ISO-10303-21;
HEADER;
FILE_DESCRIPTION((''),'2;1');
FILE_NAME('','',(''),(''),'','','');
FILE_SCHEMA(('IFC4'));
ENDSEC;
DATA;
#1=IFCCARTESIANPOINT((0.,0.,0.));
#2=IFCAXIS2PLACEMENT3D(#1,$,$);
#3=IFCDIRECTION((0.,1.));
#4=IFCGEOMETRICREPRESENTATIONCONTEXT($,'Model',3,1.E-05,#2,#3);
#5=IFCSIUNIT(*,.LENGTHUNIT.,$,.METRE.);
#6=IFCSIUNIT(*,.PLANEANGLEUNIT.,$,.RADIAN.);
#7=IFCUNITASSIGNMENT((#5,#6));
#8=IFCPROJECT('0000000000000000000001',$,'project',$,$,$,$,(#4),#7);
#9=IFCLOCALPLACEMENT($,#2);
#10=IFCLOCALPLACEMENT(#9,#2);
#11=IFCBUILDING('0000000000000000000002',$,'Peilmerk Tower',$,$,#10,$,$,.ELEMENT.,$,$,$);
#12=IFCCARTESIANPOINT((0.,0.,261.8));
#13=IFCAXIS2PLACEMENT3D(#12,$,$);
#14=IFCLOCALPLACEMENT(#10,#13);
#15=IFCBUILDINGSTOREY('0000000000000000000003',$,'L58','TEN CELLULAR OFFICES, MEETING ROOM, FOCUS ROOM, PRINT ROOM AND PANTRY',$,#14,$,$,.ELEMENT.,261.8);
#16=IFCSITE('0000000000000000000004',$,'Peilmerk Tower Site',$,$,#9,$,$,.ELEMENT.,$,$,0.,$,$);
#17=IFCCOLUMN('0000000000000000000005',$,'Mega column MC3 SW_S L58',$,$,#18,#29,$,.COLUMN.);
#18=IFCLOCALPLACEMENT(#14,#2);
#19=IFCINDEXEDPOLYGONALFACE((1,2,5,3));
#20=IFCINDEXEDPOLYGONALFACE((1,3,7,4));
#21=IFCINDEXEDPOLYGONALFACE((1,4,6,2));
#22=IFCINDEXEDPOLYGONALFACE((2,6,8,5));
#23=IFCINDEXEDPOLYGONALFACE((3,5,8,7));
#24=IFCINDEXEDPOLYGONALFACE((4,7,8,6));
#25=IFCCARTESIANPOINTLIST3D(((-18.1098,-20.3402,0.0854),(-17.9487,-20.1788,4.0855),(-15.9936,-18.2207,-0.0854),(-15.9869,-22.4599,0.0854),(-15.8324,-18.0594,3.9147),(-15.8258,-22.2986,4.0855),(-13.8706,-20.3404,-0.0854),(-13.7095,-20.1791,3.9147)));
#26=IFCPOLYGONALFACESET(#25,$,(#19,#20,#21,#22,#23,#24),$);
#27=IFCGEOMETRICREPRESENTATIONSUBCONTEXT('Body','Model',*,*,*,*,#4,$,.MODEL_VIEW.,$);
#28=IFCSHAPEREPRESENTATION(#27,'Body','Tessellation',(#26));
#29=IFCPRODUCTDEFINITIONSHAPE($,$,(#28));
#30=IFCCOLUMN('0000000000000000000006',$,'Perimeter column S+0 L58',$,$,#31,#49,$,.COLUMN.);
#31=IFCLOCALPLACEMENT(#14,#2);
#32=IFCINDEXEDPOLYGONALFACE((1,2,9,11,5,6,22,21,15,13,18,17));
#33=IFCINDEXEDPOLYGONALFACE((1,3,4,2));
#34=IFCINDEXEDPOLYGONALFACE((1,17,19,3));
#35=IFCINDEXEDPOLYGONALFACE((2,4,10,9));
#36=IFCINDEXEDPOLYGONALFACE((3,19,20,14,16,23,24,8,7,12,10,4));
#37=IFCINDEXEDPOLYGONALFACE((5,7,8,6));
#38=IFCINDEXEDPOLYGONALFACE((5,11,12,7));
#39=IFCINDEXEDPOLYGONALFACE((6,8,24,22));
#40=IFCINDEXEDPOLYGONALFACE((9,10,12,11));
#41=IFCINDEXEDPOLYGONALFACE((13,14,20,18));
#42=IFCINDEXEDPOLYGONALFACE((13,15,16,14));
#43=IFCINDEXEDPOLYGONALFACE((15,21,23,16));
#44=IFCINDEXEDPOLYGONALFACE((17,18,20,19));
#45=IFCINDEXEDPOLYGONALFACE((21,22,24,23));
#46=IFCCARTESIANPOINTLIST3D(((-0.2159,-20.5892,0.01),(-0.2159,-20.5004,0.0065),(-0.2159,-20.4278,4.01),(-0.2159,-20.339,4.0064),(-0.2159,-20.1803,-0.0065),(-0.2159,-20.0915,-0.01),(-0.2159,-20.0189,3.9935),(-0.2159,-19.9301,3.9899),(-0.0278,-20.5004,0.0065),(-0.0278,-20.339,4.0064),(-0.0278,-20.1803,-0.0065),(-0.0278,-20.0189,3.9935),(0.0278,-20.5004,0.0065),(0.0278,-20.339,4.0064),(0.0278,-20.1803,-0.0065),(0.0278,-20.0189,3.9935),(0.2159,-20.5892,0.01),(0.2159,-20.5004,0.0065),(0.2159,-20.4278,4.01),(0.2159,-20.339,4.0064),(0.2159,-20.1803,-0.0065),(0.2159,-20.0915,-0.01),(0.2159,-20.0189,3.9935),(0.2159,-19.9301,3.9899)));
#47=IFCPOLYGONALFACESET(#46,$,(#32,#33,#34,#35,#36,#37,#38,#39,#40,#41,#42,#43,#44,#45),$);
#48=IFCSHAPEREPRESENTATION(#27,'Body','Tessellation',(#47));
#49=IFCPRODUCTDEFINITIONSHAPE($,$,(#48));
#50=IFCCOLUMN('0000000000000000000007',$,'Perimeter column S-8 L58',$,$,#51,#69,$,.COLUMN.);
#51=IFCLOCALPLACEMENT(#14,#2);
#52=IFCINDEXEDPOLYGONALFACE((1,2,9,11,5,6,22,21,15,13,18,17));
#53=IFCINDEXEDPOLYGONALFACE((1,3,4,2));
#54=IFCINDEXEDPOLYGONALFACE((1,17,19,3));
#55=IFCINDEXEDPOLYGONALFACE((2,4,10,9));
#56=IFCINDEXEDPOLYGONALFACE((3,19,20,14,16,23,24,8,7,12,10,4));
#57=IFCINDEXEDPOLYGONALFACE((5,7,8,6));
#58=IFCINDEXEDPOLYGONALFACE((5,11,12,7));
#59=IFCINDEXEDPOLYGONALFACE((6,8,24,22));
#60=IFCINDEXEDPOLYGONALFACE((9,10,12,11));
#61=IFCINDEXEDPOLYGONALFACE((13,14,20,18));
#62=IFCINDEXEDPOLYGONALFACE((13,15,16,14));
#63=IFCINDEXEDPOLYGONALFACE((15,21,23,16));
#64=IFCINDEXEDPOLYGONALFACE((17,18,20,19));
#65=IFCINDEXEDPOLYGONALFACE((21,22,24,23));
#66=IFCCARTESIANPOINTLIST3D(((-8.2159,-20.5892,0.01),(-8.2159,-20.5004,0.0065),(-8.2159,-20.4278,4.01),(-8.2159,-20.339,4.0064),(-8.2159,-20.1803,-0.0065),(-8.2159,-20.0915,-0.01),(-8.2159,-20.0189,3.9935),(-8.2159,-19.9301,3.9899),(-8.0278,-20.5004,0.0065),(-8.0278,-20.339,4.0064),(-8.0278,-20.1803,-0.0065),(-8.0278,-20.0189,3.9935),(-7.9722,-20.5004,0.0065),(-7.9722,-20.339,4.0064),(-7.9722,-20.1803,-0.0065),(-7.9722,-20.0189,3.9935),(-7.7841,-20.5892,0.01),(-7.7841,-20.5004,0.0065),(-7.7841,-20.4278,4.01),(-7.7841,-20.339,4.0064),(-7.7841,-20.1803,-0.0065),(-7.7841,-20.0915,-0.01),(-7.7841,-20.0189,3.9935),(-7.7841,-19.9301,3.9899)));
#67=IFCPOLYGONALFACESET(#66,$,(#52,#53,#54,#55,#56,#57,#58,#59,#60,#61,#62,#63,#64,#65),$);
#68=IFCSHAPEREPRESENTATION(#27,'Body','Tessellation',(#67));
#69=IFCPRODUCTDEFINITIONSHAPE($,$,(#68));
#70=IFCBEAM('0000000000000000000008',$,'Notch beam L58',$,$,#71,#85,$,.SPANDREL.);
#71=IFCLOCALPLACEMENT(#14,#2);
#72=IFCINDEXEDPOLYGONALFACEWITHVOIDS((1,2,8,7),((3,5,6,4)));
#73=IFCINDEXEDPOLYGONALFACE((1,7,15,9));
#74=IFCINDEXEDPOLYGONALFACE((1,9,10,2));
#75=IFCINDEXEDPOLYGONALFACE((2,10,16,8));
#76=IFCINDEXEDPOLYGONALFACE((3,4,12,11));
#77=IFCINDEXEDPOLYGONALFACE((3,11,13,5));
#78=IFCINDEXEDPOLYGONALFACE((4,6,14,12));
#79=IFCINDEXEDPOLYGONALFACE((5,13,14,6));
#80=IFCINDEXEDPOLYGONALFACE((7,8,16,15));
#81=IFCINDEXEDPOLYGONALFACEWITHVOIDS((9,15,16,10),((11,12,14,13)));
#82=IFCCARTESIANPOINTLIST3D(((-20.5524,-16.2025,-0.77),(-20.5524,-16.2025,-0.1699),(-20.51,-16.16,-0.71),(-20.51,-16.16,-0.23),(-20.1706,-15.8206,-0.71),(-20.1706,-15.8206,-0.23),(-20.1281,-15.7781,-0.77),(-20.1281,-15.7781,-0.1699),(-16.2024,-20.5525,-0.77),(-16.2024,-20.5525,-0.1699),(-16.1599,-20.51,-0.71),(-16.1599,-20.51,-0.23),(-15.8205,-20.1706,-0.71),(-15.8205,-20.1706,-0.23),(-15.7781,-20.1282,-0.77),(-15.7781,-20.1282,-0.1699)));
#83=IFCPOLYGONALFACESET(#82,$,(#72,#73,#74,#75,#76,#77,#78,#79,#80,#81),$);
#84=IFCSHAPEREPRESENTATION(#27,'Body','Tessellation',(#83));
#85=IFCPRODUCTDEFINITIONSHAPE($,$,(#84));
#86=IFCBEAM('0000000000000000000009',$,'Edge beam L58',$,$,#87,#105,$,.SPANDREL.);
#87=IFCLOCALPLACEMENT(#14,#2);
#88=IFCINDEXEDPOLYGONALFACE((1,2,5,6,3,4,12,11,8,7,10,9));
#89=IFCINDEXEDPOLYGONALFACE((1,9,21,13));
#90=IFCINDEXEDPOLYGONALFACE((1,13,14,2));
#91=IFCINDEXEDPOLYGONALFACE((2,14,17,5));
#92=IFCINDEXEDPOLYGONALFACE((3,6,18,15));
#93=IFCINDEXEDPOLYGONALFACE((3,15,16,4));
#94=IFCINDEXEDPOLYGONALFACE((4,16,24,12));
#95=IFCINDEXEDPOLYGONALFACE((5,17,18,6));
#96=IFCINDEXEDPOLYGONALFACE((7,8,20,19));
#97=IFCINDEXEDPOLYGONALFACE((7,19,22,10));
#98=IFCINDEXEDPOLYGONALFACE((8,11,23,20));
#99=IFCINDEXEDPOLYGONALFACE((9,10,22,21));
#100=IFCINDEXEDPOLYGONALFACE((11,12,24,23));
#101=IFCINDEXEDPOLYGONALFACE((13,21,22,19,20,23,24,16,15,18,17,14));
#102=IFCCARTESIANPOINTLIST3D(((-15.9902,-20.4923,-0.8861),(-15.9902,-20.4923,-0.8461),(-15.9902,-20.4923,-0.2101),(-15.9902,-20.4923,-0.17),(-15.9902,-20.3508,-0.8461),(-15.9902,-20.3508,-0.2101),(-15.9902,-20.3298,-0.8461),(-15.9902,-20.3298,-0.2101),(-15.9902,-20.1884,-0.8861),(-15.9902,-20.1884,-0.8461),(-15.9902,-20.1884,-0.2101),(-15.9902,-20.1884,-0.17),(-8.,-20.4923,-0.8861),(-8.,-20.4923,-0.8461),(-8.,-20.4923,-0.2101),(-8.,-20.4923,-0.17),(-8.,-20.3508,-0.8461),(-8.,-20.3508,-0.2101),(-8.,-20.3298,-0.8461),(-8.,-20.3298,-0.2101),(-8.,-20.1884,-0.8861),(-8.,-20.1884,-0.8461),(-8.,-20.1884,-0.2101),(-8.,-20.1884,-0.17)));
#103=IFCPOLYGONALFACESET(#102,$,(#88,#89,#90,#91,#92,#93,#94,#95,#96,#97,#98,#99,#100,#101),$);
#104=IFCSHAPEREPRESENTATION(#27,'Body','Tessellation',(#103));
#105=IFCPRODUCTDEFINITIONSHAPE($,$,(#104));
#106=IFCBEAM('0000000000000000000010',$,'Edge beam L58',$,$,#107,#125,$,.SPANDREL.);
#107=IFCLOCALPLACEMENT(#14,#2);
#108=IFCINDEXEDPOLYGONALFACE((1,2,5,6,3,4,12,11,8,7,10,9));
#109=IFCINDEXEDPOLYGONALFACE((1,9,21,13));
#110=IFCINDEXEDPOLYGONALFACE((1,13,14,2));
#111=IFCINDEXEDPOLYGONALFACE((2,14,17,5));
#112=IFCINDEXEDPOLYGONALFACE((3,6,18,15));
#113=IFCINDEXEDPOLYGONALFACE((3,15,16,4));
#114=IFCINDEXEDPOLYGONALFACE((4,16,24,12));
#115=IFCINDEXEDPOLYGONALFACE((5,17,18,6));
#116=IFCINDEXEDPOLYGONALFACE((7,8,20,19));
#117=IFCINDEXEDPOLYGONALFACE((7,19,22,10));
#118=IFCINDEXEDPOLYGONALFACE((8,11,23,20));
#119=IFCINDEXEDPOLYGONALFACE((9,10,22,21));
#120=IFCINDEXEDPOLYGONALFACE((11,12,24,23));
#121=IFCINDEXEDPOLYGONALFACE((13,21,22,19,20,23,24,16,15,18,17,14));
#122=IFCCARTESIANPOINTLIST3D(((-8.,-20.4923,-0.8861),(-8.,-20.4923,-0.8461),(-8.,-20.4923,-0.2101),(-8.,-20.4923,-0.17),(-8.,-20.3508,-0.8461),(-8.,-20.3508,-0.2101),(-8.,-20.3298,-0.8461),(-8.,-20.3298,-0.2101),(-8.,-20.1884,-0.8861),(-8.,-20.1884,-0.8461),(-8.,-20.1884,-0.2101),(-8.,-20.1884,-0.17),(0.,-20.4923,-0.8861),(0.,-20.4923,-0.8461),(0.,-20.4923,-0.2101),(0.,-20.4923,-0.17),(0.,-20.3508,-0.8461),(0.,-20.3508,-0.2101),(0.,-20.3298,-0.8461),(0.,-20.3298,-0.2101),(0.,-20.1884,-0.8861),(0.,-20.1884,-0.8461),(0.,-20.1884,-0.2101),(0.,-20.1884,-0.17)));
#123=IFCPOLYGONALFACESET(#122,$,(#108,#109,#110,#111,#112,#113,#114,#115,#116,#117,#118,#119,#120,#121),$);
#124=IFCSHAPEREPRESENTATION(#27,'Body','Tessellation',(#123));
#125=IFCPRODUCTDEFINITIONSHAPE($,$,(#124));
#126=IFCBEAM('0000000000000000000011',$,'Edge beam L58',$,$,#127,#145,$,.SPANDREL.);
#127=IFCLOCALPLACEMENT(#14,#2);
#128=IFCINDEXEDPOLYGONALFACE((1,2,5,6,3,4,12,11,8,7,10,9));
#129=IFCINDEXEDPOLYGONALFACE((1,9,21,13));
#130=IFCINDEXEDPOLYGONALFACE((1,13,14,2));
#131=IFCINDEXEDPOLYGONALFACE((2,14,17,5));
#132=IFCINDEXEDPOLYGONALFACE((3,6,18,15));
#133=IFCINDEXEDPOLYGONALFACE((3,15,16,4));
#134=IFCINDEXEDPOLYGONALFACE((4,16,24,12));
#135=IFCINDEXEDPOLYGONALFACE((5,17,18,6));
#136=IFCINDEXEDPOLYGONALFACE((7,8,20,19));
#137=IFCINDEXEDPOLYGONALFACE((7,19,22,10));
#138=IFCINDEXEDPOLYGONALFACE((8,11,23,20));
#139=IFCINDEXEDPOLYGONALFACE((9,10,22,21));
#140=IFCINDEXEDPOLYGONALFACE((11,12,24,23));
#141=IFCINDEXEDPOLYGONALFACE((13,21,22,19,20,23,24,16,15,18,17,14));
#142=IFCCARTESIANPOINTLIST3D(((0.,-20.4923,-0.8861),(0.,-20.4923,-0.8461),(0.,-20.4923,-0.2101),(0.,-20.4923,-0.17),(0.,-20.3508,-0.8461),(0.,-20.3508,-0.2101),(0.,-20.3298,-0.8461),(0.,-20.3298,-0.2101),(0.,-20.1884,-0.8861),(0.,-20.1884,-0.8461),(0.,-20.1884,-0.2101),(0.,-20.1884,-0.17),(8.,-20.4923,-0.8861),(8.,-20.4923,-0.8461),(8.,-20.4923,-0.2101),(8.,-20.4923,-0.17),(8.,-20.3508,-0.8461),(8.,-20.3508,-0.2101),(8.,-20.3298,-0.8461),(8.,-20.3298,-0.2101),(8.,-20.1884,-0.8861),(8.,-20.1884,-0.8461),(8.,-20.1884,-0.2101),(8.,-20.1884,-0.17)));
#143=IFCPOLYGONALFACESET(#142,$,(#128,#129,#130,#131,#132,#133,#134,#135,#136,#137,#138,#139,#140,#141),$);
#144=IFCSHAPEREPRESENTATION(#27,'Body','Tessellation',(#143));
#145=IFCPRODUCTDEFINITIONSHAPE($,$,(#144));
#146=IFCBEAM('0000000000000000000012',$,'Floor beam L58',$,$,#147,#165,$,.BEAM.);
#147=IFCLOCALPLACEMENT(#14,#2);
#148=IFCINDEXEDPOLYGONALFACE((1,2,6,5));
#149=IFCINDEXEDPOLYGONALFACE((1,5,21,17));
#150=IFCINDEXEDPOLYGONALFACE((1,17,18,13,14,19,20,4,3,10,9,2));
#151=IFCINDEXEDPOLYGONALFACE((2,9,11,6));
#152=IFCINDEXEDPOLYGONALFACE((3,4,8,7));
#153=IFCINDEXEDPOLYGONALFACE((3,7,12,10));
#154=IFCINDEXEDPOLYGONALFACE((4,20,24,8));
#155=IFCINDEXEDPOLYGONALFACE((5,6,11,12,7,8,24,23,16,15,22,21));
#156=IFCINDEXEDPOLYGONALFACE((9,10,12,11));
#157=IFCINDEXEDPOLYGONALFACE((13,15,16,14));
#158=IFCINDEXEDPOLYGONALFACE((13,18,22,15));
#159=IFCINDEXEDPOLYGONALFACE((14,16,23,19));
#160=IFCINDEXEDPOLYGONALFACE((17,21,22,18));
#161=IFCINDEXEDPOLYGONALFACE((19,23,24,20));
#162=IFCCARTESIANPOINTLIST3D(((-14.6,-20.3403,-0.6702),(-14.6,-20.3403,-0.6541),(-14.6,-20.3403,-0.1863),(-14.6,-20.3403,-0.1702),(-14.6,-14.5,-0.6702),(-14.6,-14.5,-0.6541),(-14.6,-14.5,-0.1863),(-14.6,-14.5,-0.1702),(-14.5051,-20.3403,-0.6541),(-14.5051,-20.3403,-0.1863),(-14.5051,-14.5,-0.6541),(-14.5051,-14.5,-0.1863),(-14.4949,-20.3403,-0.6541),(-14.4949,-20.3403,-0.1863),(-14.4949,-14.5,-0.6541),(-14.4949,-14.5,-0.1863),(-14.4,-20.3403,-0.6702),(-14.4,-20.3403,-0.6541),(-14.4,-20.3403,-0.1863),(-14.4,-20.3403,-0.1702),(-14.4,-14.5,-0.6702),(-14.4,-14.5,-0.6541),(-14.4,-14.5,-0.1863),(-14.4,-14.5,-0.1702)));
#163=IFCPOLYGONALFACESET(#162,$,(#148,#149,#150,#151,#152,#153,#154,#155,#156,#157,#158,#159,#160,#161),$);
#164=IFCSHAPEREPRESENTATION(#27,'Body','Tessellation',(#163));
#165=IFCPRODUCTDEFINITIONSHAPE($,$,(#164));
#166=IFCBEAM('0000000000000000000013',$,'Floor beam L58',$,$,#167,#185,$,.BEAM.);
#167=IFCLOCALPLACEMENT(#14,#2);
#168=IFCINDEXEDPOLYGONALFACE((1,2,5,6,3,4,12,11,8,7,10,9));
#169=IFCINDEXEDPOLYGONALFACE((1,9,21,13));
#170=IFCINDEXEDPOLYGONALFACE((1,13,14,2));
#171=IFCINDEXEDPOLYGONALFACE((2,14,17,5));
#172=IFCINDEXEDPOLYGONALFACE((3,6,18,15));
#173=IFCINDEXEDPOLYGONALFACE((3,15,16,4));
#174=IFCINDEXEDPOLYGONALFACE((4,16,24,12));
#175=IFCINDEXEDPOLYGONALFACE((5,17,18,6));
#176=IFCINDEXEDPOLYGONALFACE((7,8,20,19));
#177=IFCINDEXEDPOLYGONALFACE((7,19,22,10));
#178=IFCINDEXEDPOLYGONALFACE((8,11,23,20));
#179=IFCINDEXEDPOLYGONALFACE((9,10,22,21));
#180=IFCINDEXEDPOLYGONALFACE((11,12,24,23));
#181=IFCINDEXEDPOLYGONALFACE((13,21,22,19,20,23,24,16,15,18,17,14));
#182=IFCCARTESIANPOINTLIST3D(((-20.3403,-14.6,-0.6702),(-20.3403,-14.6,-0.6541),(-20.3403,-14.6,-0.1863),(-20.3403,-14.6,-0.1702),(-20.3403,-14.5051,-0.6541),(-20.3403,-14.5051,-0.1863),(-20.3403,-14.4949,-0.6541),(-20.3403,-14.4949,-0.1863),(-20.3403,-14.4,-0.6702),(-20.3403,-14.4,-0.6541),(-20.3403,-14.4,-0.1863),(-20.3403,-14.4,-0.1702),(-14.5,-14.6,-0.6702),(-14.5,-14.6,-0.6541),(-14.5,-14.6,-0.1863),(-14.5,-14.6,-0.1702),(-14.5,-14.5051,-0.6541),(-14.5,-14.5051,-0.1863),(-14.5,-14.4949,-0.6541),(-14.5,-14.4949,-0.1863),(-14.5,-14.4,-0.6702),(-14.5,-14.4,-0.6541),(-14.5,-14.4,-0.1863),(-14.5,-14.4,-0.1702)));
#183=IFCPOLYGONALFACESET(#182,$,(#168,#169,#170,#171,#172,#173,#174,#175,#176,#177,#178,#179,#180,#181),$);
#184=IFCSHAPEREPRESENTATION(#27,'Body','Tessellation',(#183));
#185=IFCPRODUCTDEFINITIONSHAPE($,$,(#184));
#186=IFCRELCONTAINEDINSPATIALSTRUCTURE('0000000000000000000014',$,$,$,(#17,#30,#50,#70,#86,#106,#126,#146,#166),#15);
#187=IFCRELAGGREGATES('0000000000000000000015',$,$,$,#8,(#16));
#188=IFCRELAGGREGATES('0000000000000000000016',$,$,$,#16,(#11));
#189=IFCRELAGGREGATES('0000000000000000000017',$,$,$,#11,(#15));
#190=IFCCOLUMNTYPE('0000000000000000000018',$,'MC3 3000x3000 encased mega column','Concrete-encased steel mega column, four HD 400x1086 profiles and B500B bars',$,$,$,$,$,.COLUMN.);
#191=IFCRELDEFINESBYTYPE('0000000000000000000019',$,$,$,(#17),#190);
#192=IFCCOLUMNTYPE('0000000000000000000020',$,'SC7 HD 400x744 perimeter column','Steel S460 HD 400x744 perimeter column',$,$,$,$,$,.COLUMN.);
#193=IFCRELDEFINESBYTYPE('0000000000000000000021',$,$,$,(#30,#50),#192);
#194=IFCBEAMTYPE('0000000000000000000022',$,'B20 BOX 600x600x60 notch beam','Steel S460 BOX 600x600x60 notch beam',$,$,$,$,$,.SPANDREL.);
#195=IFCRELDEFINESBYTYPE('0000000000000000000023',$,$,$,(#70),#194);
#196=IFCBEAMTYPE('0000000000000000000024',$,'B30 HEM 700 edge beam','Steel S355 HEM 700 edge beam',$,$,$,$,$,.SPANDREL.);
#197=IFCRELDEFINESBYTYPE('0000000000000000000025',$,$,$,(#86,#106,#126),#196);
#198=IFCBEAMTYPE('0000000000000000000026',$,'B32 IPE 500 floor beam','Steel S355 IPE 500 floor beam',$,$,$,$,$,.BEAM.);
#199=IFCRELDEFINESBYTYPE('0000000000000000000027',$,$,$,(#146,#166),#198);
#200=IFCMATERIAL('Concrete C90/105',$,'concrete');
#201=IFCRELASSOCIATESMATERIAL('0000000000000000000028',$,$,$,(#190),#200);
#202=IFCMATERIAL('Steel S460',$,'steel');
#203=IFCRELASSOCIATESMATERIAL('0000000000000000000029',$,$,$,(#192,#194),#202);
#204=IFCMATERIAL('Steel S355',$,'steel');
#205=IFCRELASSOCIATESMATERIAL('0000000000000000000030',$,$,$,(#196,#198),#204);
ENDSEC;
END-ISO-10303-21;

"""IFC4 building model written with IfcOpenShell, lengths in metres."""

from ifc_helpers import new_model, si_unit, direction, frame, origin, origin_2d, place, context, subcontext, project, spatial, rectangle, hollow_rectangle, i_section, extrude, material, material_profile, profile_set, type_object, element, save


model = new_model("IFC4")

# Units and contexts
model_context = context("Model", 3, precision=1e-05, world=origin(), true_north=direction((0.0, 1.0)))
body_context = subcontext(model_context, "Body", "Model", "MODEL_VIEW")
ifc_project = project(units=[si_unit("LENGTHUNIT", "METRE"), si_unit("PLANEANGLEUNIT", "RADIAN")], contexts=[model_context])

# Site, building, storey
site_placement = place(None, origin())
site = spatial("IfcSite", under=ifc_project, at=site_placement, Name="Peilmerk Tower Site", CompositionType="ELEMENT", RefElevation=0.0)
building_placement = place(site_placement, origin())
building = spatial("IfcBuilding", under=site, at=building_placement, Name="Peilmerk Tower", CompositionType="ELEMENT")
storey_placement = place(building_placement, frame((0.0, 0.0, 261.8)))
storey = spatial("IfcBuildingStorey", under=building, at=storey_placement, Name="L58", Description="TEN CELLULAR OFFICES, MEETING ROOM, FOCUS ROOM, PRINT ROOM AND PANTRY", CompositionType="ELEMENT", Elevation=261.8)

# Columns
ifc_material_1 = material(Name="Concrete C90/105", Category="concrete")
ifc_material_profile_1 = material_profile(ifc_material_1, rectangle(XDim=3.0, YDim=3.0, at=origin_2d()), Name="RC 3000x3000")
ifc_profile_set_1 = profile_set([ifc_material_profile_1], Name="Concrete C90/105")
column_type_1 = type_object("IfcColumnType", Name="MC3 3000x3000 encased mega column", Description="Concrete-encased steel mega column, four HD 400x1086 profiles and B500B bars", PredefinedType="COLUMN", material=ifc_profile_set_1)
column_placement = place(storey_placement, frame((-15.9902, -20.3403, 0.0), z_axis=(0.040218, 0.040279, 0.998379), x_axis=(-0.707642, 0.706571, 0.0)))
element("IfcColumn", 1, at=column_placement, inside=storey, type_object=column_type_1, Name="Mega column MC3 SW_S L58", PredefinedType="COLUMN", context=body_context, shape_type="SweptSolid", body=[
    extrude(rectangle(XDim=3.0, YDim=3.0, at=origin_2d()), origin(), (0.0, 0.0, 1.0), 4.0066),
])
ifc_material_2 = material(Name="Steel S460", Category="steel")
ifc_material_profile_2 = material_profile(ifc_material_2, i_section(OverallWidth=0.4319, OverallDepth=0.498, WebThickness=0.0557, FlangeThickness=0.0889, at=origin_2d()), Name="HD 400x744")
ifc_profile_set_2 = profile_set([ifc_material_profile_2], Name="Steel S460")
column_type_2 = type_object("IfcColumnType", Name="SC7 HD 400x744 perimeter column", Description="Steel S460 HD 400x744 perimeter column", PredefinedType="COLUMN", material=ifc_profile_set_2)
for number, where, z_axis, x_axis, name in (
    (2, (0.0, -20.3403, 0.0), (0.0, 0.040311, 0.999187), (-1.0, 0.0, 0.0), "Perimeter column S+0 L58"),
    (3, (-8.0, -20.3403, 0.0), (0.0, 0.040311, 0.999187), (-1.0, 0.0, 0.0), "Perimeter column S-8 L58"),
):
    element("IfcColumn", number, at=place(storey_placement, frame(where, z_axis=z_axis, x_axis=x_axis)), inside=storey, type_object=column_type_2, Name=name, PredefinedType="COLUMN", context=body_context, shape_type="SweptSolid", body=[
        extrude(i_section(OverallWidth=0.4319, OverallDepth=0.498, WebThickness=0.0557, FlangeThickness=0.0889, at=origin_2d()), origin(), (0.0, 0.0, 1.0), 4.0032),
    ])

# Beams
ifc_material_profile_3 = material_profile(ifc_material_2, hollow_rectangle(XDim=0.6001, YDim=0.6001, WallThickness=0.0601, at=origin_2d()), Name="BOX 600x600x60")
ifc_profile_set_3 = profile_set([ifc_material_profile_3], Name="Steel S460")
beam_type_1 = type_object("IfcBeamType", Name="B20 BOX 600x600x60 notch beam", Description="Steel S460 BOX 600x600x60 notch beam", PredefinedType="SPANDREL", material=ifc_profile_set_3)
beam_1_placement = place(storey_placement, frame((-15.9902, -20.3403, -0.47), z_axis=(-0.707107, 0.707107, 0.0), x_axis=(-0.707107, -0.707107, 0.0)))
element("IfcBeam", 4, at=beam_1_placement, inside=storey, type_object=beam_type_1, Name="Notch beam L58", PredefinedType="SPANDREL", context=body_context, shape_type="SweptSolid", body=[
    extrude(hollow_rectangle(XDim=0.6001, YDim=0.6001, WallThickness=0.0601, at=origin_2d()), origin(), (0.0, 0.0, 1.0), 6.1519),
])
ifc_material_3 = material(Name="Steel S355", Category="steel")
ifc_material_profile_4 = material_profile(ifc_material_3, i_section(OverallWidth=0.304, OverallDepth=0.7161, WebThickness=0.021, FlangeThickness=0.04, at=origin_2d()), Name="HEM 700")
ifc_profile_set_4 = profile_set([ifc_material_profile_4], Name="Steel S355")
beam_type_2 = type_object("IfcBeamType", Name="B30 HEM 700 edge beam", Description="Steel S355 HEM 700 edge beam", PredefinedType="SPANDREL", material=ifc_profile_set_4)
beam_2_placement = place(storey_placement, frame((-15.9902, -20.3403, -0.5281), z_axis=(1.0, 0.0, 0.0), x_axis=(0.0, 1.0, 0.0)))
element("IfcBeam", 5, at=beam_2_placement, inside=storey, type_object=beam_type_2, Name="Edge beam L58", PredefinedType="SPANDREL", context=body_context, shape_type="SweptSolid", body=[
    extrude(i_section(OverallWidth=0.304, OverallDepth=0.7161, WebThickness=0.021, FlangeThickness=0.04, at=origin_2d()), origin(), (0.0, 0.0, 1.0), 7.9902),
])
for number, where, z_axis, x_axis, name in (
    (6, (-8.0, -20.3403, -0.5281), (1.0, 0.0, 0.0), (0.0, 1.0, 0.0), "Edge beam L58"),
    (7, (0.0, -20.3403, -0.5281), (1.0, 0.0, 0.0), (0.0, 1.0, 0.0), "Edge beam L58"),
):
    element("IfcBeam", number, at=place(storey_placement, frame(where, z_axis=z_axis, x_axis=x_axis)), inside=storey, type_object=beam_type_2, Name=name, PredefinedType="SPANDREL", context=body_context, shape_type="SweptSolid", body=[
        extrude(i_section(OverallWidth=0.304, OverallDepth=0.7161, WebThickness=0.021, FlangeThickness=0.04, at=origin_2d()), origin(), (0.0, 0.0, 1.0), 8.0),
    ])
ifc_material_profile_5 = material_profile(ifc_material_3, i_section(OverallWidth=0.2, OverallDepth=0.5, WebThickness=0.0103, FlangeThickness=0.0161, at=origin_2d()), Name="IPE 500")
ifc_profile_set_5 = profile_set([ifc_material_profile_5], Name="Steel S355")
beam_type_3 = type_object("IfcBeamType", Name="B32 IPE 500 floor beam", Description="Steel S355 IPE 500 floor beam", PredefinedType="BEAM", material=ifc_profile_set_5)
for number, where, z_axis, x_axis, name in (
    (8, (-14.5, -14.5, -0.4202), (0.0, -1.0, 0.0), (1.0, 0.0, 0.0), "Floor beam L58"),
    (9, (-14.5, -14.5, -0.4202), (-1.0, 0.0, 0.0), (0.0, -1.0, 0.0), "Floor beam L58"),
):
    element("IfcBeam", number, at=place(storey_placement, frame(where, z_axis=z_axis, x_axis=x_axis)), inside=storey, type_object=beam_type_3, Name=name, PredefinedType="BEAM", context=body_context, shape_type="SweptSolid", body=[
        extrude(i_section(OverallWidth=0.2, OverallDepth=0.5, WebThickness=0.0103, FlangeThickness=0.0161, at=origin_2d()), origin(), (0.0, 0.0, 1.0), 5.8403),
    ])

save(model, "model.ifc")
